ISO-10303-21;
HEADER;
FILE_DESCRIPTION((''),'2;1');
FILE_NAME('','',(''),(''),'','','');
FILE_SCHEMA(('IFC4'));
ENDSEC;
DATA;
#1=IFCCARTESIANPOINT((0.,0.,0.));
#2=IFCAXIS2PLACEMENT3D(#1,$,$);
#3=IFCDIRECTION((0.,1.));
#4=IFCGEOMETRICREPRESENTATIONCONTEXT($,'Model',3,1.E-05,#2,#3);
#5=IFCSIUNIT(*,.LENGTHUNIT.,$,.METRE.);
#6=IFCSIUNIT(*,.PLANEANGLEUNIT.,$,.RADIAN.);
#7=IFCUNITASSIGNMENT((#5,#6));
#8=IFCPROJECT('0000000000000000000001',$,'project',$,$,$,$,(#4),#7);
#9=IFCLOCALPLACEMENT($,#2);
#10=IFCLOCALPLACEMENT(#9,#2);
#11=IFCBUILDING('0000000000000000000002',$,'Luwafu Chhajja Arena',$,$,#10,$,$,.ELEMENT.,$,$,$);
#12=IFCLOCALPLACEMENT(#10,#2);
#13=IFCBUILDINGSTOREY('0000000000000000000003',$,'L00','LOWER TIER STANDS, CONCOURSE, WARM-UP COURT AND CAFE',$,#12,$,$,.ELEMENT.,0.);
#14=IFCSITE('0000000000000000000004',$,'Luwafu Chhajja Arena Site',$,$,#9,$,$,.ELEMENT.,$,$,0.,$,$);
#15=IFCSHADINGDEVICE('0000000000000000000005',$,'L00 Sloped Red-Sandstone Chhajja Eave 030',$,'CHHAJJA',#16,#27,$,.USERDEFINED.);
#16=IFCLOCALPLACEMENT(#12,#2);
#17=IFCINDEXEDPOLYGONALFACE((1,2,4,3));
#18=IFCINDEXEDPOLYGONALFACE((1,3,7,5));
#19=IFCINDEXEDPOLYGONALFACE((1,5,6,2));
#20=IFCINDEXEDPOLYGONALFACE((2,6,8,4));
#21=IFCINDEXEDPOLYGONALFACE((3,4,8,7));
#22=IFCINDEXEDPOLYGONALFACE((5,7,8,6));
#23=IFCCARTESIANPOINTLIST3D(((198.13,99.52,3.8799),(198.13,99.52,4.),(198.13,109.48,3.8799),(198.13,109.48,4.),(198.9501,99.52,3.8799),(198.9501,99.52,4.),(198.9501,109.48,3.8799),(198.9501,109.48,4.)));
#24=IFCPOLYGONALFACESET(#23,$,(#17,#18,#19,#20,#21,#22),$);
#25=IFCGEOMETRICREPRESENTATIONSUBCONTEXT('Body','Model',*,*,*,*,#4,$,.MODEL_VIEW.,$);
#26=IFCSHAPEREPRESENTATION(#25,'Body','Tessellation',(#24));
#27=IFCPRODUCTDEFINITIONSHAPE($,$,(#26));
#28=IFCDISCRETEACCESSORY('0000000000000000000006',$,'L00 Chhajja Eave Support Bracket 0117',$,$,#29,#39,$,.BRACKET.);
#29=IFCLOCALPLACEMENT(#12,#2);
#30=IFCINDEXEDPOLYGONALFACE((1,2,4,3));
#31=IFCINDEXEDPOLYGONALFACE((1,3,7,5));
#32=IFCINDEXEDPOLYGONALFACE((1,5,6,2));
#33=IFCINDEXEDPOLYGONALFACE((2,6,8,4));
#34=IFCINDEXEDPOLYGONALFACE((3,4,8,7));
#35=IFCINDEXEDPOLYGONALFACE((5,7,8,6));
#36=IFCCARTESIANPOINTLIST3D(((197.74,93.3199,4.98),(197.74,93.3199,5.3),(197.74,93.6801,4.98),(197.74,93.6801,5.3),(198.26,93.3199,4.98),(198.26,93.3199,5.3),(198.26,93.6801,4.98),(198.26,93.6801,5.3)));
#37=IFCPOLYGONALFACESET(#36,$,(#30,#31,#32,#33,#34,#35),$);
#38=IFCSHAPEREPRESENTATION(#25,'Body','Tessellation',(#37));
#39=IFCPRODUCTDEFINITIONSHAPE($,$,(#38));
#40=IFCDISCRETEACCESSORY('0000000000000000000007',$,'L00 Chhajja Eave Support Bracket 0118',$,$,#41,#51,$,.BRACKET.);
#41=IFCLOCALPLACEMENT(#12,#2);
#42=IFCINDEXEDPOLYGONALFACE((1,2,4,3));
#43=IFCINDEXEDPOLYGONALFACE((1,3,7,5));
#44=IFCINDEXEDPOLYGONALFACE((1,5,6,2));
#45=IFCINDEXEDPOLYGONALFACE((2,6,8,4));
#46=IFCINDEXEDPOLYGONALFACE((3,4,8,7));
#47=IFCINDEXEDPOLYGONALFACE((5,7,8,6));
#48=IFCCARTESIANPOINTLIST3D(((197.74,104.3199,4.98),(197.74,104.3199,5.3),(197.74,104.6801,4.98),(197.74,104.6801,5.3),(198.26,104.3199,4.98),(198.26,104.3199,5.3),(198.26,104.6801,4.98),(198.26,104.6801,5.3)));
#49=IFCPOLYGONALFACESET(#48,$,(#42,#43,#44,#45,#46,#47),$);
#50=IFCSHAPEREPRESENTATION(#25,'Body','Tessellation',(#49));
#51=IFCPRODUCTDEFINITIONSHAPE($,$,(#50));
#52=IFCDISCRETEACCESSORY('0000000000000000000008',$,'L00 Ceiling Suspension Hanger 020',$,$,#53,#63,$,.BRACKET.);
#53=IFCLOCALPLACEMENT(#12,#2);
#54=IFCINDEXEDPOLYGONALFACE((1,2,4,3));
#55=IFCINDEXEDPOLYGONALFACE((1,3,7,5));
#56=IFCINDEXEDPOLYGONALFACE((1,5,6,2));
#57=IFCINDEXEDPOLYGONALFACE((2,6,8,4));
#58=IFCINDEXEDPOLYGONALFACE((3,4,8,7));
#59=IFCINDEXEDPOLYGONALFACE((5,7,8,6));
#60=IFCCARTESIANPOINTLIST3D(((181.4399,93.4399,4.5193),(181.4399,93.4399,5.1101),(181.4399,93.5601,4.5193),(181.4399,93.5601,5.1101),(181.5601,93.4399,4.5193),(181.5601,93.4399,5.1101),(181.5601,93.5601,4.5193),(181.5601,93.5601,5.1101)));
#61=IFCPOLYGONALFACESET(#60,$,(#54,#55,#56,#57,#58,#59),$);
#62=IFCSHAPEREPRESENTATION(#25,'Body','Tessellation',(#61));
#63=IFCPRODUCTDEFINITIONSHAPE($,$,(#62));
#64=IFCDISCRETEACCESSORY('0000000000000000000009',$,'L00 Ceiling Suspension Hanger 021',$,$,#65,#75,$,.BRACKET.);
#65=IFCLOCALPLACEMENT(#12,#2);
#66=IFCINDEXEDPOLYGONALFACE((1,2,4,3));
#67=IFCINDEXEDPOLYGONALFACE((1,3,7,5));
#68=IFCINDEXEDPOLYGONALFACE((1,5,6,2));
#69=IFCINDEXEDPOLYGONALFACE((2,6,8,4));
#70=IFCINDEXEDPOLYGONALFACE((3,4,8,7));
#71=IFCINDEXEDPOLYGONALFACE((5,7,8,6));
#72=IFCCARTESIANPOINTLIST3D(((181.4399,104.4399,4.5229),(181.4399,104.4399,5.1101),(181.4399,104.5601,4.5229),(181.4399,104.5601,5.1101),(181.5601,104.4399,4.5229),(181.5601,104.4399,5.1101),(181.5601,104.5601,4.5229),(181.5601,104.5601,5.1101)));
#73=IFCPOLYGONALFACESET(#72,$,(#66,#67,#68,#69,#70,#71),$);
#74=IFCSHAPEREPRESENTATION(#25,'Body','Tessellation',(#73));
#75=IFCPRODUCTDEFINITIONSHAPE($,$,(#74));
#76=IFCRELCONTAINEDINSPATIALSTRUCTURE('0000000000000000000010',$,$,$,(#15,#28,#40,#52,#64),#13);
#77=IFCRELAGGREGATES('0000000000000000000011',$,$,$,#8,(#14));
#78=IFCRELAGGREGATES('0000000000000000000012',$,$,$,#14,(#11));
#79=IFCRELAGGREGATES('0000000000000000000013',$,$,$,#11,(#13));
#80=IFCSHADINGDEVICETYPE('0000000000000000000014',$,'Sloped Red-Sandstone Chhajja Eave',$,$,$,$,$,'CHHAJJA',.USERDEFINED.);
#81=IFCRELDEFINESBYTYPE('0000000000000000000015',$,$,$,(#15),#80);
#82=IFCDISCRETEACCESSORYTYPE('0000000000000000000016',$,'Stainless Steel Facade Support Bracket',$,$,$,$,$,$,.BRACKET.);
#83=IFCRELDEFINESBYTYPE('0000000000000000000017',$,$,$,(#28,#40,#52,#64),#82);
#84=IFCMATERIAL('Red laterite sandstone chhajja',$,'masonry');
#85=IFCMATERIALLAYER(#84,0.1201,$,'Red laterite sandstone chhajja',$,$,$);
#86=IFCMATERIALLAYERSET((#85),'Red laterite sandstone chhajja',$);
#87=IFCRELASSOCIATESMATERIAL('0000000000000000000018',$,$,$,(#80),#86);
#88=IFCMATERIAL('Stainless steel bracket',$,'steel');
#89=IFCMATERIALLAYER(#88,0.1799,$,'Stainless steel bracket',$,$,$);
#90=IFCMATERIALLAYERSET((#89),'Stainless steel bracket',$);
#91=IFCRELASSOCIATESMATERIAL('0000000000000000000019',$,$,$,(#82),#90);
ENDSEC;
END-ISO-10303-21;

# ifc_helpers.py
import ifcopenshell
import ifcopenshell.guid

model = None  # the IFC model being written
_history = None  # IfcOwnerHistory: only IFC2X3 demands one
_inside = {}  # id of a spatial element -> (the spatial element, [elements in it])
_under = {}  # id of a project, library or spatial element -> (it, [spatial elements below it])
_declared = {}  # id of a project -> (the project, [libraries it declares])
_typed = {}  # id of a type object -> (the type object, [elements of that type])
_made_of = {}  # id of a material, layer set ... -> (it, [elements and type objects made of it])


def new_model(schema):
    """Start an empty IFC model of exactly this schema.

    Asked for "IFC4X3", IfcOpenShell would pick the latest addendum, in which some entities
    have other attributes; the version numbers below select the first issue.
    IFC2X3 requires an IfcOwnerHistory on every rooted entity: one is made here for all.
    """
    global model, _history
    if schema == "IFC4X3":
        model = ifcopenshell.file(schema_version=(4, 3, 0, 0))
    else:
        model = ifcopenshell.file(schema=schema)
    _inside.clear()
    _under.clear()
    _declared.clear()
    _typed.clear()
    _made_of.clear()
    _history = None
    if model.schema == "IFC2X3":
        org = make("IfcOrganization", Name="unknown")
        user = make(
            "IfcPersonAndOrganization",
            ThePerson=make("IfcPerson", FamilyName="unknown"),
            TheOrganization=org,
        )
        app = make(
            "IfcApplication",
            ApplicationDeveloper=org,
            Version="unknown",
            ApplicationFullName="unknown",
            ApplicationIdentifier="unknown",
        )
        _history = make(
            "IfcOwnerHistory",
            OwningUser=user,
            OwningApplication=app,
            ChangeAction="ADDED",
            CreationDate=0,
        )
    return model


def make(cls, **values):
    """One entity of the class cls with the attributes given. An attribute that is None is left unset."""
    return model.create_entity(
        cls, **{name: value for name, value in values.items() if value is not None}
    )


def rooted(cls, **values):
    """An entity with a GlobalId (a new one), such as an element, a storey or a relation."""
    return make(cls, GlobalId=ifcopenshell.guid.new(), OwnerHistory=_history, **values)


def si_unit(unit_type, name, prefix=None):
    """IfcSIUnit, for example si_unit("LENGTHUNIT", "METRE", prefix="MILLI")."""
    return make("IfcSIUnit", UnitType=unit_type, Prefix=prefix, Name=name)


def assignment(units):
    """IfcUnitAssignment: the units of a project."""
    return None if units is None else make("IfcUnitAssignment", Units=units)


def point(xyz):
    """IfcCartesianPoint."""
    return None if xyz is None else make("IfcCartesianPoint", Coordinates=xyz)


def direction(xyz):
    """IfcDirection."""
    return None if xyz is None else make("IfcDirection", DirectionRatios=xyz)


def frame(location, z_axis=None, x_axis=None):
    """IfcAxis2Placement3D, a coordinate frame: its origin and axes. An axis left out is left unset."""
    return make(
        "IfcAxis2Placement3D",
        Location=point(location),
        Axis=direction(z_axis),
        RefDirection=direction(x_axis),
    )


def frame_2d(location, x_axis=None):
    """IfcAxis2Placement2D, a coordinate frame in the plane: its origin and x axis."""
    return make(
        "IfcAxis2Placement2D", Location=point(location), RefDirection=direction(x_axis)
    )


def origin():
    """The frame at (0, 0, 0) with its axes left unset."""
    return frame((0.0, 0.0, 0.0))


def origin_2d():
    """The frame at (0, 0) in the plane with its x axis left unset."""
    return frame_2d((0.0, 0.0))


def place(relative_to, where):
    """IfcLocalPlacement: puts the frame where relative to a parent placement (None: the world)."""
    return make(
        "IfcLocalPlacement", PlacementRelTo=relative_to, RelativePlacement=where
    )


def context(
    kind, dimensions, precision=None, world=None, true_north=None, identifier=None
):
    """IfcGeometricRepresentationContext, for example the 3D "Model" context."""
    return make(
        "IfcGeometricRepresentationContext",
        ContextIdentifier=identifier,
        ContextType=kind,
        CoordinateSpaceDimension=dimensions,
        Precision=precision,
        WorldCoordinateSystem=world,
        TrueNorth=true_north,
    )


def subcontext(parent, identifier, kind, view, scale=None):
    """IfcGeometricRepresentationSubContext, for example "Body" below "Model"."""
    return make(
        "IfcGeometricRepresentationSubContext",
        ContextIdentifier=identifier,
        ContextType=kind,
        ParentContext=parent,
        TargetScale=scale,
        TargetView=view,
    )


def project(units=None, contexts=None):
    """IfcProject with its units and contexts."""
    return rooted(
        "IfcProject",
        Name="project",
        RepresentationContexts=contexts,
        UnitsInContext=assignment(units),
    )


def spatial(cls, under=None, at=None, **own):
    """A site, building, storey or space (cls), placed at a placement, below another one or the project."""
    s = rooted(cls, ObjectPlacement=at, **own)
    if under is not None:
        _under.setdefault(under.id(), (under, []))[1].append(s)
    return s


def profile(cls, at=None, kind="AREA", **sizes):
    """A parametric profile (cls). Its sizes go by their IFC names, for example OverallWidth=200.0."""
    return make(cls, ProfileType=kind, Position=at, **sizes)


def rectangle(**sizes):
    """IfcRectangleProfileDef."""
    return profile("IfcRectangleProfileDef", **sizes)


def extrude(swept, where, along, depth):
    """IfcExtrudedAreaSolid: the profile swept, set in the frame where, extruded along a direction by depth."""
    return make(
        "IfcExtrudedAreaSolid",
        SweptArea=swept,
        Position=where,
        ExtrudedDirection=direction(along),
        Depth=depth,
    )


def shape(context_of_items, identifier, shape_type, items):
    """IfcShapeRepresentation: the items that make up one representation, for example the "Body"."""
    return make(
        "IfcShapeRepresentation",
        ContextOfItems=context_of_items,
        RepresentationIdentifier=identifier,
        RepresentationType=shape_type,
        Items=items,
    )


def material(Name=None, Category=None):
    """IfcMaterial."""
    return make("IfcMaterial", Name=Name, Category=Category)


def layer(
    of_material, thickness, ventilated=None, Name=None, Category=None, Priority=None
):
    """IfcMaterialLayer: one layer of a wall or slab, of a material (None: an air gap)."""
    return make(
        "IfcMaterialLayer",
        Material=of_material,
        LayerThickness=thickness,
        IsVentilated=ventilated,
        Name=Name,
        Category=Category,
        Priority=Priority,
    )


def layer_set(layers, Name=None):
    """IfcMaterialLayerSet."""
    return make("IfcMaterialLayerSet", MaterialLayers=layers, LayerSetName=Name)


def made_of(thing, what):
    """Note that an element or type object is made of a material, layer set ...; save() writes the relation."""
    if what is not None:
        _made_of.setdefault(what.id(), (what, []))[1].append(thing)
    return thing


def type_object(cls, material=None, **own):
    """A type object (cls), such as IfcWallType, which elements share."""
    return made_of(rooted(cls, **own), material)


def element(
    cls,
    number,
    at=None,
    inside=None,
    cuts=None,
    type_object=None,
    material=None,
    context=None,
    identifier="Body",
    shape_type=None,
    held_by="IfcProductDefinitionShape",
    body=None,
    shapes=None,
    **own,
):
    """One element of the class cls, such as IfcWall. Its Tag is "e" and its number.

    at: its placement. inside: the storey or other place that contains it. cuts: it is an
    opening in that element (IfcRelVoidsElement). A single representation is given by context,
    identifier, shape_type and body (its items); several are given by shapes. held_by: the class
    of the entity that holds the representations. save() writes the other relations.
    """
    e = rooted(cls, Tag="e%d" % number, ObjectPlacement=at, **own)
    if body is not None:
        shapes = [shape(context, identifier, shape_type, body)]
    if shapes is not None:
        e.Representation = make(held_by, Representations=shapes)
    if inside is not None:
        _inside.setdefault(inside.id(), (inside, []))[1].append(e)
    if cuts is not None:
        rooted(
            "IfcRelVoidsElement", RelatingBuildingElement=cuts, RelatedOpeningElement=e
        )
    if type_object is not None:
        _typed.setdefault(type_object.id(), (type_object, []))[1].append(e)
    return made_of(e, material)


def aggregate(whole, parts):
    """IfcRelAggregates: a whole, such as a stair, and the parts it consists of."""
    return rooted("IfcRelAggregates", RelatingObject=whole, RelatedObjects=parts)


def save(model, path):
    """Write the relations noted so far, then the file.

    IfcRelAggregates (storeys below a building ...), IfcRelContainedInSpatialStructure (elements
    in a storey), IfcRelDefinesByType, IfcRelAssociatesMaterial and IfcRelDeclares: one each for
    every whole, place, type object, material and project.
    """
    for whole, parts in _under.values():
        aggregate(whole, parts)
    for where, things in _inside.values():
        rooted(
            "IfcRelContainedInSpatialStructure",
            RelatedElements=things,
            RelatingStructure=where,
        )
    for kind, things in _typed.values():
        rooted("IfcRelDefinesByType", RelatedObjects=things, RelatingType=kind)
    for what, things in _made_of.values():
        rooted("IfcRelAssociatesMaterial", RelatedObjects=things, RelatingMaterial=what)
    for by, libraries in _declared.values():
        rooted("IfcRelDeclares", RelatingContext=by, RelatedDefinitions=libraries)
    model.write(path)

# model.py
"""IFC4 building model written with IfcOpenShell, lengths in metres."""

from ifc_helpers import new_model, si_unit, direction, frame, origin, origin_2d, place, context, subcontext, project, spatial, rectangle, extrude, material, layer, layer_set, type_object, element, save


model = new_model("IFC4")

# Units and contexts
model_context = context("Model", 3, precision=1e-05, world=origin(), true_north=direction((0.0, 1.0)))
body_context = subcontext(model_context, "Body", "Model", "MODEL_VIEW")
ifc_project = project(units=[si_unit("LENGTHUNIT", "METRE"), si_unit("PLANEANGLEUNIT", "RADIAN")], contexts=[model_context])

# Site, building, storey
site_placement = place(None, origin())
site = spatial("IfcSite", under=ifc_project, at=site_placement, Name="Luwafu Chhajja Arena Site", CompositionType="ELEMENT", RefElevation=0.0)
building_placement = place(site_placement, origin())
building = spatial("IfcBuilding", under=site, at=building_placement, Name="Luwafu Chhajja Arena", CompositionType="ELEMENT")
storey_placement = place(building_placement, origin())
storey = spatial("IfcBuildingStorey", under=building, at=storey_placement, Name="L00", Description="LOWER TIER STANDS, CONCOURSE, WARM-UP COURT AND CAFE", CompositionType="ELEMENT", Elevation=0.0)

# Shading device
ifc_material_1 = material(Name="Red laterite sandstone chhajja", Category="masonry")
ifc_layer_1 = layer(ifc_material_1, 0.1201, Name="Red laterite sandstone chhajja")
ifc_layer_set_1 = layer_set([ifc_layer_1], Name="Red laterite sandstone chhajja")
shading_device_type = type_object("IfcShadingDeviceType", Name="Sloped Red-Sandstone Chhajja Eave", ElementType="CHHAJJA", PredefinedType="USERDEFINED", material=ifc_layer_set_1)
shading_device_placement = place(storey_placement, frame((198.54, 104.5, 3.8799), z_axis=(0.0, 0.0, 1.0), x_axis=(0.0, 1.0, 0.0)))
element("IfcShadingDevice", 1, at=shading_device_placement, inside=storey, type_object=shading_device_type, Name="L00 Sloped Red-Sandstone Chhajja Eave 030", ObjectType="CHHAJJA", PredefinedType="USERDEFINED", context=body_context, shape_type="SweptSolid", body=[
    extrude(rectangle(XDim=9.96, YDim=0.8201, at=origin_2d()), origin(), (0.0, 0.0, 1.0), 0.1201),
])

# Discrete accessories
ifc_material_2 = material(Name="Stainless steel bracket", Category="steel")
ifc_layer_2 = layer(ifc_material_2, 0.1799, Name="Stainless steel bracket")
ifc_layer_set_2 = layer_set([ifc_layer_2], Name="Stainless steel bracket")
discrete_accessory_type = type_object("IfcDiscreteAccessoryType", Name="Stainless Steel Facade Support Bracket", PredefinedType="BRACKET", material=ifc_layer_set_2)
for number, where, z_axis, x_axis, name in (
    (2, (198.0, 93.5, 4.98), (0.0, 0.0, 1.0), (0.0, 1.0, 0.0), "L00 Chhajja Eave Support Bracket 0117"),
    (3, (198.0, 104.5, 4.98), (0.0, 0.0, 1.0), (0.0, 1.0, 0.0), "L00 Chhajja Eave Support Bracket 0118"),
):
    element("IfcDiscreteAccessory", number, at=place(storey_placement, frame(where, z_axis=z_axis, x_axis=x_axis)), inside=storey, type_object=discrete_accessory_type, Name=name, PredefinedType="BRACKET", context=body_context, shape_type="SweptSolid", body=[
        extrude(rectangle(XDim=0.3601, YDim=0.52, at=origin_2d()), origin(), (0.0, 0.0, 1.0), 0.3201),
    ])
discrete_accessory_1_placement = place(storey_placement, frame((181.5, 93.5, 4.5193), z_axis=(0.0, 0.0, 1.0), x_axis=(1.0, 0.0, 0.0)))
element("IfcDiscreteAccessory", 4, at=discrete_accessory_1_placement, inside=storey, type_object=discrete_accessory_type, Name="L00 Ceiling Suspension Hanger 020", PredefinedType="BRACKET", context=body_context, shape_type="SweptSolid", body=[
    extrude(rectangle(XDim=0.1201, YDim=0.1201, at=origin_2d()), origin(), (0.0, 0.0, 1.0), 0.5908),
])
discrete_accessory_2_placement = place(storey_placement, frame((181.5, 104.5, 4.5229), z_axis=(0.0, 0.0, 1.0), x_axis=(1.0, 0.0, 0.0)))
element("IfcDiscreteAccessory", 5, at=discrete_accessory_2_placement, inside=storey, type_object=discrete_accessory_type, Name="L00 Ceiling Suspension Hanger 021", PredefinedType="BRACKET", context=body_context, shape_type="SweptSolid", body=[
    extrude(rectangle(XDim=0.1201, YDim=0.1201, at=origin_2d()), origin(), (0.0, 0.0, 1.0), 0.5872),
])

save(model, "model.ifc")
